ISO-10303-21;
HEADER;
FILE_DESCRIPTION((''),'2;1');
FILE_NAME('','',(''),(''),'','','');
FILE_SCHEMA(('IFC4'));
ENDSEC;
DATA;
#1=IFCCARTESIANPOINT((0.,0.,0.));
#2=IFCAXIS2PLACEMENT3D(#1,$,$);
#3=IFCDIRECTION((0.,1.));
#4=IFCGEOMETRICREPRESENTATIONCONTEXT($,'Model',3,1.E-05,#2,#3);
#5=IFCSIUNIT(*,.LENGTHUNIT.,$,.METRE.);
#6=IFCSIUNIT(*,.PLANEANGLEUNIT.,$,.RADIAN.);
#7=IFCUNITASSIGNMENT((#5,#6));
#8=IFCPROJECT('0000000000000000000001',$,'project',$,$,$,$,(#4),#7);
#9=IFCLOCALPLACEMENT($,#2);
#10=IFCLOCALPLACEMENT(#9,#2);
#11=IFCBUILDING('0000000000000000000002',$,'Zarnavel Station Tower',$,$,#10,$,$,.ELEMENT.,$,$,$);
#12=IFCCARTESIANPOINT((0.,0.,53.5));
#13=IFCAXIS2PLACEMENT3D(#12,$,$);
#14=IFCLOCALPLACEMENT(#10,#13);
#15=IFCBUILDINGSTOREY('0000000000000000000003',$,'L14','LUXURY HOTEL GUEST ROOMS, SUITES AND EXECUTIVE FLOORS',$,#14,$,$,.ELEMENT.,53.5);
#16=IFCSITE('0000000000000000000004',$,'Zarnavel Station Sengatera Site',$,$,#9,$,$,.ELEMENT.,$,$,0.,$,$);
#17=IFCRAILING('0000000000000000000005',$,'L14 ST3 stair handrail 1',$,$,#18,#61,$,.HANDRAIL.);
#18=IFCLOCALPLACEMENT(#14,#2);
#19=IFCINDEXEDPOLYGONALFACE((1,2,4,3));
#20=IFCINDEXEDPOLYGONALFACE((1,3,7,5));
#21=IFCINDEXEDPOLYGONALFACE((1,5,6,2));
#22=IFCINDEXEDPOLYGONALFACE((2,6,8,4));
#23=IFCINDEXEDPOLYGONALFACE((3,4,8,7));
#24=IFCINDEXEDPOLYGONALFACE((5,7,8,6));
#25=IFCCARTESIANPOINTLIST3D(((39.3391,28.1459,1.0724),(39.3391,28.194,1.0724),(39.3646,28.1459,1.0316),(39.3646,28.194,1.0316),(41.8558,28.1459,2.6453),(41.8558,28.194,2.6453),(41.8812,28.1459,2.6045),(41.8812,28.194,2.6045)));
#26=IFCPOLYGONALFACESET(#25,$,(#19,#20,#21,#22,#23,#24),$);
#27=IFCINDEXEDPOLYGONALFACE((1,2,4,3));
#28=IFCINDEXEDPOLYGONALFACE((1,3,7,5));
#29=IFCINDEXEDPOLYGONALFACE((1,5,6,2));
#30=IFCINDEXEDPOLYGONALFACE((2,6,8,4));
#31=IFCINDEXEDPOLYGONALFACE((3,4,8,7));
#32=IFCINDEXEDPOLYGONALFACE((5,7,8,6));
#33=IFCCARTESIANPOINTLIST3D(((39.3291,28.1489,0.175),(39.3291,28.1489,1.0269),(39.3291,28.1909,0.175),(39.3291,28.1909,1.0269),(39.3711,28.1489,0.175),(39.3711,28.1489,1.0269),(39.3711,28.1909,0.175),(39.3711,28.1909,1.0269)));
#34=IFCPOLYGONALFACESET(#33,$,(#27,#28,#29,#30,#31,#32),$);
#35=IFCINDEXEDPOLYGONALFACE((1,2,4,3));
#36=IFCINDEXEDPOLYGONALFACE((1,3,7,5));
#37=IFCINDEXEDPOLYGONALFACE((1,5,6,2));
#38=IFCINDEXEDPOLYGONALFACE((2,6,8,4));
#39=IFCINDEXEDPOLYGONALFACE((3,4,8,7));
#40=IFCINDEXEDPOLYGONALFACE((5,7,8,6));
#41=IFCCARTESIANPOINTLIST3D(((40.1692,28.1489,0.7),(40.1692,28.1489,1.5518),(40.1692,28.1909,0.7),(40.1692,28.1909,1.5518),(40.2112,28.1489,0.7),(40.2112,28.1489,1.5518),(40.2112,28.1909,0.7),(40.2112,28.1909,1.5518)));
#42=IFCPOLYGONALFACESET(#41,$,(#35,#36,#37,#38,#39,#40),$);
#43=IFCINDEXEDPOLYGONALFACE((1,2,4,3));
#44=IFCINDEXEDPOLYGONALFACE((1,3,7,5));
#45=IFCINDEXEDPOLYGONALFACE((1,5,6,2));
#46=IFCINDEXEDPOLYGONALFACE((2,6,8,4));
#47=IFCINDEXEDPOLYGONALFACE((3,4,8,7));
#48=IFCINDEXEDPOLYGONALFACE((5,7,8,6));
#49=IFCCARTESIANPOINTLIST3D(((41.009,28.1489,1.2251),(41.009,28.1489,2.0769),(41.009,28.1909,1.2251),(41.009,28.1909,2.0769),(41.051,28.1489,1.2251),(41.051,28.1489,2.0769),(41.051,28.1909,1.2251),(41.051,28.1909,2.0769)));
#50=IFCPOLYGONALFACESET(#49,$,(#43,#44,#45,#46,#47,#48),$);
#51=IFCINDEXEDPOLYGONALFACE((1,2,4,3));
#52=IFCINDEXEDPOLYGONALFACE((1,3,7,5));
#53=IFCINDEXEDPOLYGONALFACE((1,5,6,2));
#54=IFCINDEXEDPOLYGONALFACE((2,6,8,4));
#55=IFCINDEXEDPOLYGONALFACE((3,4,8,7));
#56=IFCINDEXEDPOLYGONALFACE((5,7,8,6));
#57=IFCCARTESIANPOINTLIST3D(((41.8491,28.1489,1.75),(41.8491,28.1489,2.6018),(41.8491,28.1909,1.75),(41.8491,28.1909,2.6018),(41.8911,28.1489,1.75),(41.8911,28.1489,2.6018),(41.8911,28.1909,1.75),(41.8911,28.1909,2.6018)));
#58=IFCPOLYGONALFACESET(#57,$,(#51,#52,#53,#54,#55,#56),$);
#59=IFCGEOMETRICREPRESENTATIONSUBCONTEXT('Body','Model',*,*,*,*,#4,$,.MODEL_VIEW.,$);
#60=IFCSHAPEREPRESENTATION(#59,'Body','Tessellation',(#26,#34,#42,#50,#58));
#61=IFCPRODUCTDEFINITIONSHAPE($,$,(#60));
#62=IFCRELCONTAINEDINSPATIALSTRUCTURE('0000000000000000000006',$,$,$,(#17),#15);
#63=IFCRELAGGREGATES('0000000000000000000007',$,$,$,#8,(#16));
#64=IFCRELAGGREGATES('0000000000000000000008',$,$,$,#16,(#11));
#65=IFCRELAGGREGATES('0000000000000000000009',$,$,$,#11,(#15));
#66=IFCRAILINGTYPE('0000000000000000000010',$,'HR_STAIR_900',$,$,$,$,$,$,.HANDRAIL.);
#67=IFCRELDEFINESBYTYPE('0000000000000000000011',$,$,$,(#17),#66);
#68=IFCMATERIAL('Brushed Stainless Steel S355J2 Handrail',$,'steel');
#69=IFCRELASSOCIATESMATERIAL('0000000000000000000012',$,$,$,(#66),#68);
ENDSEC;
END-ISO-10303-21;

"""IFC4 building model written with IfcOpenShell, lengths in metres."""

from ifc_helpers import new_model, si_unit, direction, frame, origin, origin_2d, place, context, subcontext, project, spatial, rectangle, extrude, material, type_object, element, save


model = new_model("IFC4")

# Units and contexts
model_context = context("Model", 3, precision=1e-05, world=origin(), true_north=direction((0.0, 1.0)))
body_context = subcontext(model_context, "Body", "Model", "MODEL_VIEW")
ifc_project = project(units=[si_unit("LENGTHUNIT", "METRE"), si_unit("PLANEANGLEUNIT", "RADIAN")], contexts=[model_context])

# Site, building, storey
site_placement = place(None, origin())
site = spatial("IfcSite", under=ifc_project, at=site_placement, Name="Zarnavel Station Sengatera Site", CompositionType="ELEMENT", RefElevation=0.0)
building_placement = place(site_placement, origin())
building = spatial("IfcBuilding", under=site, at=building_placement, Name="Zarnavel Station Tower", CompositionType="ELEMENT")
storey_placement = place(building_placement, frame((0.0, 0.0, 53.5)))
storey = spatial("IfcBuildingStorey", under=building, at=storey_placement, Name="L14", Description="LUXURY HOTEL GUEST ROOMS, SUITES AND EXECUTIVE FLOORS", CompositionType="ELEMENT", Elevation=53.5)

# Railing
ifc_material_1 = material(Name="Brushed Stainless Steel S355J2 Handrail", Category="steel")
railing_type_1 = type_object("IfcRailingType", Name="HR_STAIR_900", PredefinedType="HANDRAIL", material=ifc_material_1)
railing_1_placement = place(storey_placement, frame((39.3501, 28.1699, 0.175)))
element("IfcRailing", 1, at=railing_1_placement, inside=storey, type_object=railing_type_1, Name="L14 ST3 stair handrail 1", PredefinedType="HANDRAIL", context=body_context, shape_type="SweptSolid", body=[
    extrude(rectangle(XDim=0.0481, YDim=0.0481, at=origin_2d()), frame((0.0017, 0.0, 0.877), z_axis=(0.848008, 0.0, 0.529984), x_axis=(0.0, 1.0, 0.0)), (0.0, 0.0, 1.0), 2.9678),
    extrude(rectangle(XDim=0.042, YDim=0.042, at=origin_2d()), origin(), (0.0, 0.0, 1.0), 0.8518),
    extrude(rectangle(XDim=0.042, YDim=0.042, at=origin_2d()), frame((0.8401, 0.0, 0.5249)), (0.0, 0.0, 1.0), 0.8518),
    extrude(rectangle(XDim=0.042, YDim=0.042, at=origin_2d()), frame((1.6799, 0.0, 1.05)), (0.0, 0.0, 1.0), 0.8518),
    extrude(rectangle(XDim=0.042, YDim=0.042, at=origin_2d()), frame((2.52, 0.0, 1.575)), (0.0, 0.0, 1.0), 0.8518),
])

save(model, "model.ifc")
